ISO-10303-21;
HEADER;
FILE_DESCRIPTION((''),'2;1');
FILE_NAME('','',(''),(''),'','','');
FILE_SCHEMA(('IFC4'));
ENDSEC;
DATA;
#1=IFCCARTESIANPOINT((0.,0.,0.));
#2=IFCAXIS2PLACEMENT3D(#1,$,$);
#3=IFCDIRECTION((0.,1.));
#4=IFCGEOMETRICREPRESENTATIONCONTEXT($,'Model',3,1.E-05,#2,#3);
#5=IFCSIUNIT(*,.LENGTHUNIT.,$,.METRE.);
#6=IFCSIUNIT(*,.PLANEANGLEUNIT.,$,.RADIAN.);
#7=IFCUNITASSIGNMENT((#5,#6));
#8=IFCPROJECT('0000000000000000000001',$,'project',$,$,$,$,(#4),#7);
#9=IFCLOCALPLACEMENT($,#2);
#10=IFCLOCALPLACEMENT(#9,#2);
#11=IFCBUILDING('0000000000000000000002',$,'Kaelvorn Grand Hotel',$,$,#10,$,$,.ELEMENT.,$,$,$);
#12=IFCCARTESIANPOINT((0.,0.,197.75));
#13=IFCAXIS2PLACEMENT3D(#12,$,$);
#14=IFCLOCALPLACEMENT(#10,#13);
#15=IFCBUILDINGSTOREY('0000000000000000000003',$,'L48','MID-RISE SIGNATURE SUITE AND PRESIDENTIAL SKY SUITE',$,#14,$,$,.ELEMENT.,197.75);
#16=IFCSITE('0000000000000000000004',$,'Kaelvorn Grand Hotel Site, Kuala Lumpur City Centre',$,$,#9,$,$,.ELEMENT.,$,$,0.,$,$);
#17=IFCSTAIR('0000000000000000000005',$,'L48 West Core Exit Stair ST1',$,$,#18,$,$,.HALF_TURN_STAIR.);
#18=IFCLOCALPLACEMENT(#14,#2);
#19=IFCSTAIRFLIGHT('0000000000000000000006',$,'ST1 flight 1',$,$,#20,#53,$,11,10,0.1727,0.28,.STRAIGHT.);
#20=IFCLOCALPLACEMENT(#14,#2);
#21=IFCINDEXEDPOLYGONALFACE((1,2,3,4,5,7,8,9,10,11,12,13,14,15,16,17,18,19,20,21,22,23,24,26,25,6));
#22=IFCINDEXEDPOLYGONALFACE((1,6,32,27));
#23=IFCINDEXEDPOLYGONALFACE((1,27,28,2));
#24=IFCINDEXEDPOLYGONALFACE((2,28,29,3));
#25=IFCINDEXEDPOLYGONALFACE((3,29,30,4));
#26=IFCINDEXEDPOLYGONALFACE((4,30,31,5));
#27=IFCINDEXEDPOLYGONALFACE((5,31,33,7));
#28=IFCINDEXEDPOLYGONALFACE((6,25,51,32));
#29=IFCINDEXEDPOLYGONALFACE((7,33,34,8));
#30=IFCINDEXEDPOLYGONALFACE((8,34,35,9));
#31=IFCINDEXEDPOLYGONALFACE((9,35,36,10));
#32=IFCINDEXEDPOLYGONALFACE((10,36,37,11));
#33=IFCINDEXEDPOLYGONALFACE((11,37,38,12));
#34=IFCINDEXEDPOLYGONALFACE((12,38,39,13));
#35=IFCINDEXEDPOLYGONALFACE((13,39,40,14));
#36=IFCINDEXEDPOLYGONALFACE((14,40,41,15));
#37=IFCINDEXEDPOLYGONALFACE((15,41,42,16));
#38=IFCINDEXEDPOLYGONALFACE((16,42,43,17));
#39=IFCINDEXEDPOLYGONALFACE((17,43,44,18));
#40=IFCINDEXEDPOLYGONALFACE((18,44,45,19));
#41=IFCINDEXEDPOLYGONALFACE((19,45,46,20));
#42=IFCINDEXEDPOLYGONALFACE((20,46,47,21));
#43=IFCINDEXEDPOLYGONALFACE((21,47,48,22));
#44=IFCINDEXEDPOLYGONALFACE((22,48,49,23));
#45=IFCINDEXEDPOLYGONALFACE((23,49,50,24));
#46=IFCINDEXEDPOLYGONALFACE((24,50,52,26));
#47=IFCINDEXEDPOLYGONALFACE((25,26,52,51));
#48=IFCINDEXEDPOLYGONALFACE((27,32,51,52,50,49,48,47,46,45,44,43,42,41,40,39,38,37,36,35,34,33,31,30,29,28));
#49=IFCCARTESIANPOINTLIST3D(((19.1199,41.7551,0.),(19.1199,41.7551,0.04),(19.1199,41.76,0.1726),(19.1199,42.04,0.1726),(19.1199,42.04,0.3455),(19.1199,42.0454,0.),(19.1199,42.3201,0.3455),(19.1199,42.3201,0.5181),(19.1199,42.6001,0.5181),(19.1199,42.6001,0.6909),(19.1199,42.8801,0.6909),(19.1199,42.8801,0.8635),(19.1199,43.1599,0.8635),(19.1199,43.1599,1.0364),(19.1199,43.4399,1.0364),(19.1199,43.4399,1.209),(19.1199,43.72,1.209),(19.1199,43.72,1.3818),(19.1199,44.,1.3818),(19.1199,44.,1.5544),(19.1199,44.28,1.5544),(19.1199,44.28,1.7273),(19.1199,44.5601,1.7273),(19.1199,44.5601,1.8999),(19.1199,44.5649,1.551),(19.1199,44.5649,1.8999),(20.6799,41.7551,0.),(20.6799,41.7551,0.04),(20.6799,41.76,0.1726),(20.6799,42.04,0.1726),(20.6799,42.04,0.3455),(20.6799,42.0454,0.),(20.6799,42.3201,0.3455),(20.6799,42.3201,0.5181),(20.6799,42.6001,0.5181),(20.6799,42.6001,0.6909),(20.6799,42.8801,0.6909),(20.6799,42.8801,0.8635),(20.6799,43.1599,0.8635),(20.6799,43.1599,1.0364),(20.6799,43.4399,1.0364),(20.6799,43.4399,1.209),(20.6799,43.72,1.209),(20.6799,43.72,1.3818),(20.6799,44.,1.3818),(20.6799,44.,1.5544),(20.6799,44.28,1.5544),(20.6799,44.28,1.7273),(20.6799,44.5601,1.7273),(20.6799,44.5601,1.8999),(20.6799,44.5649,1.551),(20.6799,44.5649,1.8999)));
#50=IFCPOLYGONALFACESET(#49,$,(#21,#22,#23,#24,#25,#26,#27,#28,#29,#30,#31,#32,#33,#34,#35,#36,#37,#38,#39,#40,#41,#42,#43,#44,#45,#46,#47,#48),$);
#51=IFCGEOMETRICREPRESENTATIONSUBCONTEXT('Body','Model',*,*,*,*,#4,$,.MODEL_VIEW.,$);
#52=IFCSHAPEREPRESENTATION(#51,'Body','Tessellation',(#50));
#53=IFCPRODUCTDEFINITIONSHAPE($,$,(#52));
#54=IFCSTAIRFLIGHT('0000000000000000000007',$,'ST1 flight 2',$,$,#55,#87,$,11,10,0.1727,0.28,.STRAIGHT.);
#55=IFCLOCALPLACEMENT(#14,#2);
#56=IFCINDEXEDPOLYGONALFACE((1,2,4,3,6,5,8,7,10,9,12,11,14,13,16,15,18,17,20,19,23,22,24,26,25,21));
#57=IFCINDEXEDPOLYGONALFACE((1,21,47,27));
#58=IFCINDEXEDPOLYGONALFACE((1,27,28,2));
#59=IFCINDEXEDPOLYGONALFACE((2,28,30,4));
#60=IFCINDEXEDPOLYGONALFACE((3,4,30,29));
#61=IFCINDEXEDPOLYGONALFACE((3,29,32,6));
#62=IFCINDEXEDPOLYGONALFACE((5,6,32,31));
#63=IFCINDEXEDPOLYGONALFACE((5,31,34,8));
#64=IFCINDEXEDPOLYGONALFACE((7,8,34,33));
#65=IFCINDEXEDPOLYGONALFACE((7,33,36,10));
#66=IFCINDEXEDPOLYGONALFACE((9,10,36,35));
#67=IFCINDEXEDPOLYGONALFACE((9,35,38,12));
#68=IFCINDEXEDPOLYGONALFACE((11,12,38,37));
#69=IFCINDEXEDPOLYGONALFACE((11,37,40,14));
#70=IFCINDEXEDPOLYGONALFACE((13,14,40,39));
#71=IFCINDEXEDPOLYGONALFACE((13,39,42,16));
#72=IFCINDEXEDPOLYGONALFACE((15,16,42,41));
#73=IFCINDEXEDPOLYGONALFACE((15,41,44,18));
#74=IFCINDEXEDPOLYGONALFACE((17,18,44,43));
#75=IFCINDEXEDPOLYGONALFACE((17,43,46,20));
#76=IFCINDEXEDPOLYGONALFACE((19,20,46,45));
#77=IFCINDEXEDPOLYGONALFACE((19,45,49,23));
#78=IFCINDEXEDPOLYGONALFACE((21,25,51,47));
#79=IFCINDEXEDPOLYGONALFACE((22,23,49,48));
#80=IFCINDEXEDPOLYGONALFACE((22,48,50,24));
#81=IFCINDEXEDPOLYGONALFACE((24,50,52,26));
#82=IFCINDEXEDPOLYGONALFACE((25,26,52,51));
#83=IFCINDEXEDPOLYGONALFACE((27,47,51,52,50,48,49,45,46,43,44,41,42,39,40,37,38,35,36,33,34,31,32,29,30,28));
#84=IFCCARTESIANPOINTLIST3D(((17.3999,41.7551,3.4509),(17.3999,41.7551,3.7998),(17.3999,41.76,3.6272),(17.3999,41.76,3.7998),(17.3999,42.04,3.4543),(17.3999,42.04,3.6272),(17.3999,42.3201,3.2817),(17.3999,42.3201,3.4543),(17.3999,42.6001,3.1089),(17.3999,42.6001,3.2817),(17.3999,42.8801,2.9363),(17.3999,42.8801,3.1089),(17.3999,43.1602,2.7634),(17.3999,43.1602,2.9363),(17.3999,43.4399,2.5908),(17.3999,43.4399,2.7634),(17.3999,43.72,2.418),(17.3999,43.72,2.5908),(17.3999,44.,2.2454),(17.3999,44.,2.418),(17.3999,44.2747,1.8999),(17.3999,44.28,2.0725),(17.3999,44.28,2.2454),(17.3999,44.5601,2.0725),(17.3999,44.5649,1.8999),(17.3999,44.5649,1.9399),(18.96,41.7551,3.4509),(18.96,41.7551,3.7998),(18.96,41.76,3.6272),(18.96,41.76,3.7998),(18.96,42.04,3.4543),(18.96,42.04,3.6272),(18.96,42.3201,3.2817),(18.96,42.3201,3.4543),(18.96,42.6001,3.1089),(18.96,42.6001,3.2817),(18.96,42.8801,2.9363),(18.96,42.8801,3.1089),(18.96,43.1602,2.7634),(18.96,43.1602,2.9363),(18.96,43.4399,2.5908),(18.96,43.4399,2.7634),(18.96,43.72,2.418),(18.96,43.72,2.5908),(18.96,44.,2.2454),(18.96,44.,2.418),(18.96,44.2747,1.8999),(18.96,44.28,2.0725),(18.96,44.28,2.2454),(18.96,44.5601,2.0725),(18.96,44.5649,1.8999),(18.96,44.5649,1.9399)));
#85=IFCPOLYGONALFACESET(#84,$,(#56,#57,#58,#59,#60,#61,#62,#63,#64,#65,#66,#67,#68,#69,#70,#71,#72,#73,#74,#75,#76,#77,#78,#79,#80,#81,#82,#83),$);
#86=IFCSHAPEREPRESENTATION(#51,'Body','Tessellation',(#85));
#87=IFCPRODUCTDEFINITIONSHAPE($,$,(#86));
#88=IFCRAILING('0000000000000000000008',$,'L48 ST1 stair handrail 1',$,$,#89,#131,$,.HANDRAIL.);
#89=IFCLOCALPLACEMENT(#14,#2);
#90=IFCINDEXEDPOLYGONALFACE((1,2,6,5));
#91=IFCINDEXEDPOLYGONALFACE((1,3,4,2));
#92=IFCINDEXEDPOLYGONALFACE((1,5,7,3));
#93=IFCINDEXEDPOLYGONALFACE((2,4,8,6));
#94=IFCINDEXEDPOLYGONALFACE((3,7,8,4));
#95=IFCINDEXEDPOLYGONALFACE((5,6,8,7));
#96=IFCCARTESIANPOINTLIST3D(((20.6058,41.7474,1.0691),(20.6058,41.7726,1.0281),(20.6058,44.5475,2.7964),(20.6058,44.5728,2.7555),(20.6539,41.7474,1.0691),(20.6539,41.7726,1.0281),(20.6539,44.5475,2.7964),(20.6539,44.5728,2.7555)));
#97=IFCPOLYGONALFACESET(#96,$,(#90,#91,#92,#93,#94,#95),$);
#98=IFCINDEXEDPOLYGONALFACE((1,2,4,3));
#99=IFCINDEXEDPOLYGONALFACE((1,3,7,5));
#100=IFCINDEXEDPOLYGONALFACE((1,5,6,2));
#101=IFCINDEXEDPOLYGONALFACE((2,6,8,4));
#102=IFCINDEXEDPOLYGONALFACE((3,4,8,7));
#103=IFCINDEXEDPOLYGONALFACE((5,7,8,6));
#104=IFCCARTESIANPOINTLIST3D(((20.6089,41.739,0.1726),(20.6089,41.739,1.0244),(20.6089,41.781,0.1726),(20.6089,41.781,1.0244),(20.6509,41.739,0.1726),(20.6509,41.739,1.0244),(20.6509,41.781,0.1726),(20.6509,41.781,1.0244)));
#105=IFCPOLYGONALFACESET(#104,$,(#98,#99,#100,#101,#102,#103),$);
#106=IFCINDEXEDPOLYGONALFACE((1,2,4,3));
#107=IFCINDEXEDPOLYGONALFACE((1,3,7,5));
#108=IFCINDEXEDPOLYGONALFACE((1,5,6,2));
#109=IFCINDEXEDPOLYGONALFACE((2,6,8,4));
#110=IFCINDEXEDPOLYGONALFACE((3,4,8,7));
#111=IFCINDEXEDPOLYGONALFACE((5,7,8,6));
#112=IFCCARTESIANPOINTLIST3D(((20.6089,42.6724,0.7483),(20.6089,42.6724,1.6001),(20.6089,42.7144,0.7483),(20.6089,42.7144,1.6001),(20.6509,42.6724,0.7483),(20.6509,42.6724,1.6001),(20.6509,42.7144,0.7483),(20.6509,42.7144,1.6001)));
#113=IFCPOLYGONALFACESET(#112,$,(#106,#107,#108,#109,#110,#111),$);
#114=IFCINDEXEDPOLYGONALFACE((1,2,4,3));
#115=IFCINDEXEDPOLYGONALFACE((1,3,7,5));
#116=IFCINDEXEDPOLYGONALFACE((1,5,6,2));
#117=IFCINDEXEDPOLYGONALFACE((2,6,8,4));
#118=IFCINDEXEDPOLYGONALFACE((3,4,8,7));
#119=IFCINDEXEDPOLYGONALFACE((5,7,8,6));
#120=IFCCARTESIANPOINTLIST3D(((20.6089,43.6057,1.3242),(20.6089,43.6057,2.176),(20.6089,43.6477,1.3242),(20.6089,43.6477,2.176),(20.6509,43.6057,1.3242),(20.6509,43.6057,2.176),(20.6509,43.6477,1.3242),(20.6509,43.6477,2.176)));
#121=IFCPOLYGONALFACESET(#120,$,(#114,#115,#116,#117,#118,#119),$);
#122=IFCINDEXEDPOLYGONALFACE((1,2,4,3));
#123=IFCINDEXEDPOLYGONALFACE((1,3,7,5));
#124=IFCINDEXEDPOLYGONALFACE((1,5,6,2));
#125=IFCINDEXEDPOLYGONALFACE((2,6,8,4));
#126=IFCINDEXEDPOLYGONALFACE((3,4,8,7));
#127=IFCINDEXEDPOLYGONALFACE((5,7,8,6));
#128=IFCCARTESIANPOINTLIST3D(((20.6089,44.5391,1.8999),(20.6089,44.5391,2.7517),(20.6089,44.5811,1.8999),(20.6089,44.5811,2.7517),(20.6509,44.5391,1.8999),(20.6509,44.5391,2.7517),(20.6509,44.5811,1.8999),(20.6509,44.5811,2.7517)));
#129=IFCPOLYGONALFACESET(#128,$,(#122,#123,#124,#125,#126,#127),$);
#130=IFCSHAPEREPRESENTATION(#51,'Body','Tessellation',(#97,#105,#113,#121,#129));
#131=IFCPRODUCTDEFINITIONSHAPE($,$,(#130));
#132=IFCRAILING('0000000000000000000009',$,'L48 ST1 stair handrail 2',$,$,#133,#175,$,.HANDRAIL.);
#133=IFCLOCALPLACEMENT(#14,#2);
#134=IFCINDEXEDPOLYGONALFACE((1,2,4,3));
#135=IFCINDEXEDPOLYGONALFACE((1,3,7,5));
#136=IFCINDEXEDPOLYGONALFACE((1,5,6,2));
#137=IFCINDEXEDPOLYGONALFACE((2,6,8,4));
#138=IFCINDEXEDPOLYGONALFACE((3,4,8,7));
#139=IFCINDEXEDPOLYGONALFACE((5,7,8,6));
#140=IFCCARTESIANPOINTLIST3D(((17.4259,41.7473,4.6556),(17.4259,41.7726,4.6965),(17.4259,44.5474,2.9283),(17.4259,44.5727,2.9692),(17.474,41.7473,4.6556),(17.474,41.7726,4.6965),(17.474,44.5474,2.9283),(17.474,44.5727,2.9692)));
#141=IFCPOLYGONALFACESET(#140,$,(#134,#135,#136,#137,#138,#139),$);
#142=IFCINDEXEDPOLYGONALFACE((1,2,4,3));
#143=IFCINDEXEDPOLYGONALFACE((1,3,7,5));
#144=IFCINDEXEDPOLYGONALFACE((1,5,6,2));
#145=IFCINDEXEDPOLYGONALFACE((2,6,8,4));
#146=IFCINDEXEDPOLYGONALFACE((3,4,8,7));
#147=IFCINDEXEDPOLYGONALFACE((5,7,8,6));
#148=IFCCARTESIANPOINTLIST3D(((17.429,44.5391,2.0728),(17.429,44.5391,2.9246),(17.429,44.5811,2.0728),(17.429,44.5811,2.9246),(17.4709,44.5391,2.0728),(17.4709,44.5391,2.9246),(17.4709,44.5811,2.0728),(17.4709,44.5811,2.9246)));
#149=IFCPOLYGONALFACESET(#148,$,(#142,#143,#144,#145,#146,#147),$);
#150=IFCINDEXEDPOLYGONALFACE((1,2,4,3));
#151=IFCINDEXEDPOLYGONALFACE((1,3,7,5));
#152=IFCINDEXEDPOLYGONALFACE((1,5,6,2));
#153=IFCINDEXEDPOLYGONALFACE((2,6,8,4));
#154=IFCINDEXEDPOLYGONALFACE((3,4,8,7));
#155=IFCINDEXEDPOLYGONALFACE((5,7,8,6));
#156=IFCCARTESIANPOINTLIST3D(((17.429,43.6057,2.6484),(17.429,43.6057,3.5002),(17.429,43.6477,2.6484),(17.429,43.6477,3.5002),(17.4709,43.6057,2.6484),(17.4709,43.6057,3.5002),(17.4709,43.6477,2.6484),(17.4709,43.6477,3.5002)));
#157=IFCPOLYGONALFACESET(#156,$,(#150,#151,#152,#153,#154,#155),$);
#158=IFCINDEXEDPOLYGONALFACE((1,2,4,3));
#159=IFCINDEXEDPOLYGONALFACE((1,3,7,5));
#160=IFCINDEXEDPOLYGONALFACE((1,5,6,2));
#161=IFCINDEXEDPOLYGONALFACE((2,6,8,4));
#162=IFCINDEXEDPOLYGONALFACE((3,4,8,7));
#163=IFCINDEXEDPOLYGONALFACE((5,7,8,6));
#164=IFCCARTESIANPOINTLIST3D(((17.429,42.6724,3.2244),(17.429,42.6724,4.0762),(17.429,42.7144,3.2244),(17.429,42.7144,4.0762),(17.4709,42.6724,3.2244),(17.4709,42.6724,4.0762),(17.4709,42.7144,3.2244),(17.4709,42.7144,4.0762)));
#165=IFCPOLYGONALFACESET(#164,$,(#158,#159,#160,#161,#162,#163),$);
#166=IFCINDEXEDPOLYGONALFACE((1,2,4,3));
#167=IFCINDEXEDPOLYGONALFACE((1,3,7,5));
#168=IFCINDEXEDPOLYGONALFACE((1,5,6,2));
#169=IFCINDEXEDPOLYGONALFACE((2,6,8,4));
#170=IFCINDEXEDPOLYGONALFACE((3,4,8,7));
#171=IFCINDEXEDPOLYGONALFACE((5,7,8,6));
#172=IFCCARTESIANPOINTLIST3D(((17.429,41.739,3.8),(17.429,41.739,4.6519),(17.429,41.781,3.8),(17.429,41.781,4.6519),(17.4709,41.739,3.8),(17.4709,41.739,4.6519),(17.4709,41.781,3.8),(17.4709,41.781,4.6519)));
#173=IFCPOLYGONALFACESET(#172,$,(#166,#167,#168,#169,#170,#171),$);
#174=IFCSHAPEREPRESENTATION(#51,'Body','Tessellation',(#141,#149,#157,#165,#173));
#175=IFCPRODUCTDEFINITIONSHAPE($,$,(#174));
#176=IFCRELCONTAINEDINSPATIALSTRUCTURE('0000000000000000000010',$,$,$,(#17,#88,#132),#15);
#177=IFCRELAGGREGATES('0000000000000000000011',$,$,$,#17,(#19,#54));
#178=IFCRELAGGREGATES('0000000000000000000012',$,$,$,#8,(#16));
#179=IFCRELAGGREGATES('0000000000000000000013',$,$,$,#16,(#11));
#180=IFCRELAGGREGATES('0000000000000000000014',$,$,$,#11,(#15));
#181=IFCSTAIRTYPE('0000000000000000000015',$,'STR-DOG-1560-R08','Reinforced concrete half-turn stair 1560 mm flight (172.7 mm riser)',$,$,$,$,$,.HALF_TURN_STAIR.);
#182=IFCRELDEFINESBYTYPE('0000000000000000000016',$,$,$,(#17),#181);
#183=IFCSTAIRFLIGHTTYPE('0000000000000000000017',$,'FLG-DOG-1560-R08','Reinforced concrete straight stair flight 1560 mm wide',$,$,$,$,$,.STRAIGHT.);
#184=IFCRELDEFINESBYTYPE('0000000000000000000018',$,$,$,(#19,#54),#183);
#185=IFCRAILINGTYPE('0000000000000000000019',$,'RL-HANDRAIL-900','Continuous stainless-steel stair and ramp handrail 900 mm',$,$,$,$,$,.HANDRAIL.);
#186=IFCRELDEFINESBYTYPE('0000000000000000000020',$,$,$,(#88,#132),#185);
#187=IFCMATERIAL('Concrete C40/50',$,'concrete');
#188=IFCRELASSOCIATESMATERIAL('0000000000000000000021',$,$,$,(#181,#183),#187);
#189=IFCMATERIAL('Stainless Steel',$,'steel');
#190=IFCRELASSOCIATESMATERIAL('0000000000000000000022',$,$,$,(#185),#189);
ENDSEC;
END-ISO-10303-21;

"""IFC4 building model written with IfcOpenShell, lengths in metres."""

from ifc_helpers import new_model, si_unit, direction, frame, origin, origin_2d, place, context, subcontext, project, spatial, polyline, rectangle, outline, extrude, material, type_object, element, aggregate, save


model = new_model("IFC4")

# Units and contexts
model_context = context("Model", 3, precision=1e-05, world=origin(), true_north=direction((0.0, 1.0)))
body_context = subcontext(model_context, "Body", "Model", "MODEL_VIEW")
ifc_project = project(units=[si_unit("LENGTHUNIT", "METRE"), si_unit("PLANEANGLEUNIT", "RADIAN")], contexts=[model_context])

# Site, building, storey
site_placement = place(None, origin())
site = spatial("IfcSite", under=ifc_project, at=site_placement, Name="Kaelvorn Grand Hotel Site, Kuala Lumpur City Centre", CompositionType="ELEMENT", RefElevation=0.0)
building_placement = place(site_placement, origin())
building = spatial("IfcBuilding", under=site, at=building_placement, Name="Kaelvorn Grand Hotel", CompositionType="ELEMENT")
storey_placement = place(building_placement, frame((0.0, 0.0, 197.75)))
storey = spatial("IfcBuildingStorey", under=building, at=storey_placement, Name="L48", Description="MID-RISE SIGNATURE SUITE AND PRESIDENTIAL SKY SUITE", CompositionType="ELEMENT", Elevation=197.75)

# Shared definitions
ifc_material_1 = material(Name="Concrete C40/50", Category="concrete")

# Stair, stair flights
stair_type = type_object("IfcStairType", Name="STR-DOG-1560-R08", Description="Reinforced concrete half-turn stair 1560 mm flight (172.7 mm riser)", PredefinedType="HALF_TURN_STAIR", material=ifc_material_1)
stair_placement = place(storey_placement, origin())
stair = element("IfcStair", 1, at=stair_placement, inside=storey, type_object=stair_type, Name="L48 West Core Exit Stair ST1", PredefinedType="HALF_TURN_STAIR")
stair_flight_type = type_object("IfcStairFlightType", Name="FLG-DOG-1560-R08", Description="Reinforced concrete straight stair flight 1560 mm wide", PredefinedType="STRAIGHT", material=ifc_material_1)
stair_flight_1_placement = place(storey_placement, frame((19.8999, 41.76, 0.0), z_axis=(0.0, 0.0, 1.0), x_axis=(0.0, 1.0, 0.0)))
stair_flight_1 = element("IfcStairFlight", 2, at=stair_flight_1_placement, type_object=stair_flight_type, Name="ST1 flight 1", NumberOfRisers=11, NumberOfTreads=10, PredefinedType="STRAIGHT", RiserHeight=0.1727, TreadLength=0.28, context=body_context, shape_type="SweptSolid", body=[
    extrude(outline(polyline([(-0.0049, 0.0), (-0.0049, 0.04), (0.0, 0.1726), (0.28, 0.1726), (0.28, 0.3455), (0.5601, 0.3455), (0.5601, 0.5181), (0.8401, 0.5181), (0.8401, 0.6909), (1.1201, 0.6909), (1.1201, 0.8635), (1.3999, 0.8635), (1.3999, 1.0364), (1.6799, 1.0364), (1.6799, 1.209), (1.96, 1.209), (1.96, 1.3818), (2.24, 1.3818), (2.24, 1.5544), (2.52, 1.5544), (2.52, 1.7273), (2.8, 1.7273), (2.8, 1.8999), (2.8049, 1.8999), (2.8049, 1.551), (0.2854, 0.0), (-0.0049, 0.0)])), frame((0.0, 0.78, 0.0), z_axis=(0.0, -1.0, 0.0), x_axis=(1.0, 0.0, 0.0)), (0.0, 0.0, 1.0), 1.5601),
])
stair_flight_2_placement = place(storey_placement, frame((18.1799, 44.5601, 1.8999), z_axis=(0.0, 0.0, 1.0), x_axis=(0.0, -1.0, 0.0)))
stair_flight_2 = element("IfcStairFlight", 3, at=stair_flight_2_placement, type_object=stair_flight_type, Name="ST1 flight 2", NumberOfRisers=11, NumberOfTreads=10, PredefinedType="STRAIGHT", RiserHeight=0.1727, TreadLength=0.28, context=body_context, shape_type="SweptSolid", body=[
    extrude(outline(polyline([(-0.0049, 0.0), (-0.0049, 0.04), (0.0, 0.1726), (0.28, 0.1726), (0.28, 0.3455), (0.5601, 0.3455), (0.5601, 0.5181), (0.8401, 0.5181), (0.8401, 0.6909), (1.1201, 0.6909), (1.1201, 0.8635), (1.3999, 0.8635), (1.3999, 1.0364), (1.6799, 1.0364), (1.6799, 1.209), (1.96, 1.209), (1.96, 1.3818), (2.24, 1.3818), (2.24, 1.5544), (2.52, 1.5544), (2.52, 1.7273), (2.8, 1.7273), (2.8, 1.8999), (2.8049, 1.8999), (2.8049, 1.551), (0.2854, 0.0), (-0.0049, 0.0)])), frame((0.0, 0.78, 0.0), z_axis=(0.0, -1.0, 0.0), x_axis=(1.0, 0.0, 0.0)), (0.0, 0.0, 1.0), 1.5601),
])
aggregate(stair, [stair_flight_1, stair_flight_2])

# Railings
ifc_material_2 = material(Name="Stainless Steel", Category="steel")
railing_type_1 = type_object("IfcRailingType", Name="RL-HANDRAIL-900", Description="Continuous stainless-steel stair and ramp handrail 900 mm", PredefinedType="HANDRAIL", material=ifc_material_2)
railing_1_placement = place(storey_placement, frame((20.6299, 41.76, 0.1726)))
element("IfcRailing", 4, at=railing_1_placement, inside=storey, type_object=railing_type_1, Name="L48 ST1 stair handrail 1", PredefinedType="HANDRAIL", context=body_context, shape_type="SweptSolid", body=[
    extrude(rectangle(XDim=0.0481, YDim=0.0481, at=origin_2d()), frame((0.0, 0.0, 0.876), z_axis=(0.0, 0.85109, 0.52502), x_axis=(-1.0, 0.0, 0.0)), (0.0, 0.0, 1.0), 3.29),
    extrude(rectangle(XDim=0.042, YDim=0.042, at=origin_2d()), origin(), (0.0, 0.0, 1.0), 0.8518),
    extrude(rectangle(XDim=0.042, YDim=0.042, at=origin_2d()), frame((0.0, 0.9333, 0.5757)), (0.0, 0.0, 1.0), 0.8518),
    extrude(rectangle(XDim=0.042, YDim=0.042, at=origin_2d()), frame((0.0, 1.8667, 1.1516)), (0.0, 0.0, 1.0), 0.8518),
    extrude(rectangle(XDim=0.042, YDim=0.042, at=origin_2d()), frame((0.0, 2.8, 1.7273)), (0.0, 0.0, 1.0), 0.8518),
])
railing_2_placement = place(storey_placement, frame((17.45, 44.5601, 2.0728)))
element("IfcRailing", 5, at=railing_2_placement, inside=storey, type_object=railing_type_1, Name="L48 ST1 stair handrail 2", PredefinedType="HANDRAIL", context=body_context, shape_type="SweptSolid", body=[
    extrude(rectangle(XDim=0.0481, YDim=0.0481, at=origin_2d()), frame((0.0, 0.0, 0.876), z_axis=(0.0, -0.85109, 0.52502), x_axis=(1.0, 0.0, 0.0)), (0.0, 0.0, 1.0), 3.29),
    extrude(rectangle(XDim=0.042, YDim=0.042, at=origin_2d()), origin(), (0.0, 0.0, 1.0), 0.8518),
    extrude(rectangle(XDim=0.042, YDim=0.042, at=origin_2d()), frame((0.0, -0.9333, 0.5757)), (0.0, 0.0, 1.0), 0.8518),
    extrude(rectangle(XDim=0.042, YDim=0.042, at=origin_2d()), frame((0.0, -1.8667, 1.1516)), (0.0, 0.0, 1.0), 0.8518),
    extrude(rectangle(XDim=0.042, YDim=0.042, at=origin_2d()), frame((0.0, -2.8, 1.7273)), (0.0, 0.0, 1.0), 0.8518),
])

save(model, "model.ifc")
